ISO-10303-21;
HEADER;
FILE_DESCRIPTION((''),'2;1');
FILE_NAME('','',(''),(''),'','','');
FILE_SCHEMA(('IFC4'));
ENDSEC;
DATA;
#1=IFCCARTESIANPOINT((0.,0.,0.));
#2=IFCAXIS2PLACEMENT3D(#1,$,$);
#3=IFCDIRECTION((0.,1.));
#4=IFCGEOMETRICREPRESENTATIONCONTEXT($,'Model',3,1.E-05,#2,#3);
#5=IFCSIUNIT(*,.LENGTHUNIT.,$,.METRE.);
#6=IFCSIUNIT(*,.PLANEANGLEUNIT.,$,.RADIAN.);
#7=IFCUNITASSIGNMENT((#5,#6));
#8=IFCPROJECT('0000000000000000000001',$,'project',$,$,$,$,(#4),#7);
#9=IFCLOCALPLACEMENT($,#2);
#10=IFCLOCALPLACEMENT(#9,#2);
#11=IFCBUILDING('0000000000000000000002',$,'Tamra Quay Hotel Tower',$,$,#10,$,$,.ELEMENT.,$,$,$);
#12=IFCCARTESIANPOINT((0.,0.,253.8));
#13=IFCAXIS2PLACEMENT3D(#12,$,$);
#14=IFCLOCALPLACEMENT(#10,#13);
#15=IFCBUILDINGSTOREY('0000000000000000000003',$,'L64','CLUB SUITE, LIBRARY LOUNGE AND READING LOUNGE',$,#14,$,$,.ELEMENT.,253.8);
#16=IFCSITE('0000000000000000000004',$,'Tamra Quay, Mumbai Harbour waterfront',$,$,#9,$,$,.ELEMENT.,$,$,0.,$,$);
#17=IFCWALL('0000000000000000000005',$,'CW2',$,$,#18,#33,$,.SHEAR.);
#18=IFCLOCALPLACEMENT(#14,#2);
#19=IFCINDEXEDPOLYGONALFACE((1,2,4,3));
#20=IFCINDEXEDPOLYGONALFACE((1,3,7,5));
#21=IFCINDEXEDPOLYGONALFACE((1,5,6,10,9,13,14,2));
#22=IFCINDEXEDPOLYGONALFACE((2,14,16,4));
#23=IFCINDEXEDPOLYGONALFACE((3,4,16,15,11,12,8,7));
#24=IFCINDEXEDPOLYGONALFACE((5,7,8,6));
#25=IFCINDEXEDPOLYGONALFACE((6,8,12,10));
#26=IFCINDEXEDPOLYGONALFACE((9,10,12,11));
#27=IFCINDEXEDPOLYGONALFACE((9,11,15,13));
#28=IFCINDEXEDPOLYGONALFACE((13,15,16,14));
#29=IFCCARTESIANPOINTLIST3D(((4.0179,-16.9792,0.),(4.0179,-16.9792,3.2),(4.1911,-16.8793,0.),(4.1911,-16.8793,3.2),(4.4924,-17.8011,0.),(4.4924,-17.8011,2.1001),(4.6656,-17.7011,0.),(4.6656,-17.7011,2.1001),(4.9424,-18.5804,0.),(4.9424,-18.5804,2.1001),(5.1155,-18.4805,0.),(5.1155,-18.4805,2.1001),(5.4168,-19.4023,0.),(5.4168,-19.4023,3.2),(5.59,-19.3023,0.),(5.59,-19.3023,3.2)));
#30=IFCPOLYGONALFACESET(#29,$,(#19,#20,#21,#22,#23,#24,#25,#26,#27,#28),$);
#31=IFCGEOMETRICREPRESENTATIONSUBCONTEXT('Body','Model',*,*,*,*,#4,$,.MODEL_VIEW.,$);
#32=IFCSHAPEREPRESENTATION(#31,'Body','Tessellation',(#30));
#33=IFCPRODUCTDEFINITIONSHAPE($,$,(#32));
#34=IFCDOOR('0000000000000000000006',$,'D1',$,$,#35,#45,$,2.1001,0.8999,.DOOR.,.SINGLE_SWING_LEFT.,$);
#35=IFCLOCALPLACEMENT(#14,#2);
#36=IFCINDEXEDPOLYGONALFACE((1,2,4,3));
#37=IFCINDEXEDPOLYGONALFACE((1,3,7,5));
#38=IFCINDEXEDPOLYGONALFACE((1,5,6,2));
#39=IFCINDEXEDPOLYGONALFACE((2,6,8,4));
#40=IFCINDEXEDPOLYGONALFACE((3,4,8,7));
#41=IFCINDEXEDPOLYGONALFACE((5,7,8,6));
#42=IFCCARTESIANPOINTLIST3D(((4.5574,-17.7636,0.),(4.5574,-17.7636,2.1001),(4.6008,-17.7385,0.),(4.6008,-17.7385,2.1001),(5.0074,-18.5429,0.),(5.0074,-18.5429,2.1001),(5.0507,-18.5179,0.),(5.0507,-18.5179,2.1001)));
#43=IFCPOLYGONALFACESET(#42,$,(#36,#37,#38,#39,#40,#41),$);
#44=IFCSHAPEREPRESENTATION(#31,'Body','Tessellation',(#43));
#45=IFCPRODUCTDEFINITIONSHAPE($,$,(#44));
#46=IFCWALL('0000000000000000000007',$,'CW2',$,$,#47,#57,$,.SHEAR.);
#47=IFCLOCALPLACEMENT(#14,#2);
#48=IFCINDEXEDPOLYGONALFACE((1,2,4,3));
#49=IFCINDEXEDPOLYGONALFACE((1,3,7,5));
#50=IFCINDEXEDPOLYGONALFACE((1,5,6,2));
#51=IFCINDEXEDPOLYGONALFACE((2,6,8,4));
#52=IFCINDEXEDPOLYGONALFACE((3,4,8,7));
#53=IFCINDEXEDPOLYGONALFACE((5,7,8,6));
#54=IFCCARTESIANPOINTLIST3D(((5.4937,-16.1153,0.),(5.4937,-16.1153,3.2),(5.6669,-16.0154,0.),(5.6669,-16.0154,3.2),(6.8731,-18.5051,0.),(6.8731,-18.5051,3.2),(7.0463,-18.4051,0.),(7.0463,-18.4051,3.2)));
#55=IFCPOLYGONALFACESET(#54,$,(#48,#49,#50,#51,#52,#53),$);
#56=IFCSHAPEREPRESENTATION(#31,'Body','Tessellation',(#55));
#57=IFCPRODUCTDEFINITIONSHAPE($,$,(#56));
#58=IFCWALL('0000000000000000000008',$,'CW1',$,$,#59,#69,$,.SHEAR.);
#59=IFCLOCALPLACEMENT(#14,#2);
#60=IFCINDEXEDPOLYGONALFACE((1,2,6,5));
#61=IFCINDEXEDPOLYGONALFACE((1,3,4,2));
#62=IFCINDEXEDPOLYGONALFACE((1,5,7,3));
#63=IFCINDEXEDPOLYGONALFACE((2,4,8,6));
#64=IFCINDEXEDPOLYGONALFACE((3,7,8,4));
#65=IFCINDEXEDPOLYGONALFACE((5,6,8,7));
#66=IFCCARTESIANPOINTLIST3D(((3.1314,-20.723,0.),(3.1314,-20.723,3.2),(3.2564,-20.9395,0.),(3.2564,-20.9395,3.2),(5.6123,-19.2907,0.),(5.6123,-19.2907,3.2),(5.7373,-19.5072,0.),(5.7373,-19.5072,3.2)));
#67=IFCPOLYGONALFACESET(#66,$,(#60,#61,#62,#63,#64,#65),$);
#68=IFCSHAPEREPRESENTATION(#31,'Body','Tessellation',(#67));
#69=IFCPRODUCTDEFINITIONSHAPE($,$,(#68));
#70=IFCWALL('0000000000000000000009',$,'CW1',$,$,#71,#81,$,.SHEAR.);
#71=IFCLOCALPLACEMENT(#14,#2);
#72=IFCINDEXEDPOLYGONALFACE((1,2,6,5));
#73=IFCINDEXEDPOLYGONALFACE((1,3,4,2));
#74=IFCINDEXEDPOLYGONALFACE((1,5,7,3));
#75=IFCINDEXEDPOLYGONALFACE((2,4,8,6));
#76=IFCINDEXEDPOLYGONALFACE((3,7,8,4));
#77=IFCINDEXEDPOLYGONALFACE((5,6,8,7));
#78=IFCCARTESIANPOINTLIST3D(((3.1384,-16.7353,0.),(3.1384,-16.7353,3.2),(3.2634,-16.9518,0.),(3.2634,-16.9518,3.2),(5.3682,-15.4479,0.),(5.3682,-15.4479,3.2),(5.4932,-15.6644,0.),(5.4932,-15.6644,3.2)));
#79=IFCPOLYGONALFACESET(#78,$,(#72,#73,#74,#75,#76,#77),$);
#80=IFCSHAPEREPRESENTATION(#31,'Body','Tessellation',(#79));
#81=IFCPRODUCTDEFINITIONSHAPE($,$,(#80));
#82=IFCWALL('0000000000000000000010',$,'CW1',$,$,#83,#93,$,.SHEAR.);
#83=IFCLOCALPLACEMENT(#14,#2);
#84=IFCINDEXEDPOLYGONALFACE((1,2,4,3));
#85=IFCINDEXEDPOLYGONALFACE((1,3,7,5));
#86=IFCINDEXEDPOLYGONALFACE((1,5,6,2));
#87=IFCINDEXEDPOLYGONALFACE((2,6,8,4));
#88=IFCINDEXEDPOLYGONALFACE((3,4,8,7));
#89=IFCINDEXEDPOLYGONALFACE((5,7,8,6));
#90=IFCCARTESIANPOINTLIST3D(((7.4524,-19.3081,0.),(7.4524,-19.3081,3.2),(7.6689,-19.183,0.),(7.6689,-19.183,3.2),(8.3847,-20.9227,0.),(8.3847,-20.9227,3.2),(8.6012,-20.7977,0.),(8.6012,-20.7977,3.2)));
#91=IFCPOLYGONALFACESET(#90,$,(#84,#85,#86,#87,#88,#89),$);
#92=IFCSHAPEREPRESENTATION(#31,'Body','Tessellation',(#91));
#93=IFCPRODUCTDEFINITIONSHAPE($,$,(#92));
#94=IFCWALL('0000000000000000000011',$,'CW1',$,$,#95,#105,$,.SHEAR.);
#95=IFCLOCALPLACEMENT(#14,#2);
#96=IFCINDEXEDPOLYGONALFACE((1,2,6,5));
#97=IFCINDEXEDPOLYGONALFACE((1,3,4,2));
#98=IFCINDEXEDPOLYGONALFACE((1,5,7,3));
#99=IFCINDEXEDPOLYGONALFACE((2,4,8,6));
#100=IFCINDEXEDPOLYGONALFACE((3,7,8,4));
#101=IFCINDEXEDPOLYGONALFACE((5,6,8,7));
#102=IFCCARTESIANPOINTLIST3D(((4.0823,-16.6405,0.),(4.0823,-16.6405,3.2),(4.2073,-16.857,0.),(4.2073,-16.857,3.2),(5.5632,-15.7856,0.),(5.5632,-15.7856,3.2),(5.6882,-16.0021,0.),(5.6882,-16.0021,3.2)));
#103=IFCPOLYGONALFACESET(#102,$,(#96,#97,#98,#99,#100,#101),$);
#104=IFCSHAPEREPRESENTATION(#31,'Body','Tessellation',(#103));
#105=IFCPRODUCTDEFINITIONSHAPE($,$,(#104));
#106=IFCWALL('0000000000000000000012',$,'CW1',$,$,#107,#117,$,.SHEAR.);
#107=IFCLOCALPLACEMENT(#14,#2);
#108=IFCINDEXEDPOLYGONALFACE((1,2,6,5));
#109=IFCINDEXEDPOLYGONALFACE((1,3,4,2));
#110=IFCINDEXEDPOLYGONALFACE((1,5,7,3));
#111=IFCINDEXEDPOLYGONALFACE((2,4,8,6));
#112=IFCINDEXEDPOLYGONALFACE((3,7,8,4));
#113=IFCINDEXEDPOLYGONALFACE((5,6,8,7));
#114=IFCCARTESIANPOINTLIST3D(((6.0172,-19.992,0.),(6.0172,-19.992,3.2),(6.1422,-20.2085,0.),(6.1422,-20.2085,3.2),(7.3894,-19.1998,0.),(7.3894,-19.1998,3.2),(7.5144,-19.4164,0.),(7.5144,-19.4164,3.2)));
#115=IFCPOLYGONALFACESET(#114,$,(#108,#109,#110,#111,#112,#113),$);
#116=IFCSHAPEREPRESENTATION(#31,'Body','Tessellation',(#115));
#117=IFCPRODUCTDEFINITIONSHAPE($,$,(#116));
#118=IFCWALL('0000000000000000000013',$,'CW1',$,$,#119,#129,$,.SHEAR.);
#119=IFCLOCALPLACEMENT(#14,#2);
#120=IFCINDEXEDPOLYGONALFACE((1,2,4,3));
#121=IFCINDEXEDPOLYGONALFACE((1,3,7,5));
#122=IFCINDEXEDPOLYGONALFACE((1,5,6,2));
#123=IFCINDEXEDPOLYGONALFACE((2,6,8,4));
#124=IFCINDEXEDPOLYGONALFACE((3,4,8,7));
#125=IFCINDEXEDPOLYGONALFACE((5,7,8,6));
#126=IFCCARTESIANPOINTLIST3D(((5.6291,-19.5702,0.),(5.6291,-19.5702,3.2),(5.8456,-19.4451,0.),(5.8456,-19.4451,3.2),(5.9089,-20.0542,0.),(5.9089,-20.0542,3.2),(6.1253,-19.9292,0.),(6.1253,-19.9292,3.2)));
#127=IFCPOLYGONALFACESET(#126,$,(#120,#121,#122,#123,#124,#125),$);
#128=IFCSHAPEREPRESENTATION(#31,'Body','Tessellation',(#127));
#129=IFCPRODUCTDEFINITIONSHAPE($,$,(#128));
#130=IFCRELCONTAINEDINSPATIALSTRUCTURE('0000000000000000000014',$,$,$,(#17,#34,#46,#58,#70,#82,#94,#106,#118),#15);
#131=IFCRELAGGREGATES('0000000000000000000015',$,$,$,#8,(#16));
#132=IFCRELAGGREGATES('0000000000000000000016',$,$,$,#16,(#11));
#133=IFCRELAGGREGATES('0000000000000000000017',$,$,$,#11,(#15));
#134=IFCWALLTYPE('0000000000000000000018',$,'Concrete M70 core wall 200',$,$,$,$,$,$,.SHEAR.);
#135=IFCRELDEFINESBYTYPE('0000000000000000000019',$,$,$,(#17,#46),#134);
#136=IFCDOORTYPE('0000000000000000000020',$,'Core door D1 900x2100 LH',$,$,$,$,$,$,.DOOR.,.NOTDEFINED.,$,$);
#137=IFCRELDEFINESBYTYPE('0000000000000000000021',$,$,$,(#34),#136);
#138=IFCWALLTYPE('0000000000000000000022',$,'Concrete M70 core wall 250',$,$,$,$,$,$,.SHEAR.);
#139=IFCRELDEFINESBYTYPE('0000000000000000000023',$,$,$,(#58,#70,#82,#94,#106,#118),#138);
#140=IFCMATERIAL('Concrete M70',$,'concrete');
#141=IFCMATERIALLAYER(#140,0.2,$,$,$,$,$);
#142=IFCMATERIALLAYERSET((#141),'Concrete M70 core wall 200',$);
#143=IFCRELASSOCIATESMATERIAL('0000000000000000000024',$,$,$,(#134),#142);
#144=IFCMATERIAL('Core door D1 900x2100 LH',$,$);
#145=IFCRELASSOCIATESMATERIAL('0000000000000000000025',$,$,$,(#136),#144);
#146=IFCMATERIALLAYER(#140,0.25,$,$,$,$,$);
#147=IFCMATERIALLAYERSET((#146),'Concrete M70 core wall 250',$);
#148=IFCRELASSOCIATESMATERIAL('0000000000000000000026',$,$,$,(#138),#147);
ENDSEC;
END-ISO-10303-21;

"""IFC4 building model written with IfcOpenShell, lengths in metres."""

from ifc_helpers import new_model, si_unit, direction, frame, frame_2d, origin, place, context, subcontext, project, spatial, rectangle, extrude, material, layer, layer_set, type_object, element, fill, save


model = new_model("IFC4")

# Units and contexts
model_context = context("Model", 3, precision=1e-05, world=origin(), true_north=direction((0.0, 1.0)))
body_context = subcontext(model_context, "Body", "Model", "MODEL_VIEW")
ifc_project = project(units=[si_unit("LENGTHUNIT", "METRE"), si_unit("PLANEANGLEUNIT", "RADIAN")], contexts=[model_context])

# Site, building, storey
site_placement = place(None, origin())
site = spatial("IfcSite", under=ifc_project, at=site_placement, Name="Tamra Quay, Mumbai Harbour waterfront", CompositionType="ELEMENT", RefElevation=0.0)
building_placement = place(site_placement, origin())
building = spatial("IfcBuilding", under=site, at=building_placement, Name="Tamra Quay Hotel Tower", CompositionType="ELEMENT")
storey_placement = place(building_placement, frame((0.0, 0.0, 253.8)))
storey = spatial("IfcBuildingStorey", under=building, at=storey_placement, Name="L64", Description="CLUB SUITE, LIBRARY LOUNGE AND READING LOUNGE", CompositionType="ELEMENT", Elevation=253.8)

# Shared definitions
ifc_material_1 = material(Name="Concrete M70", Category="concrete")

# Shared definitions
ifc_layer_1 = layer(ifc_material_1, 0.2)
ifc_layer_set_1 = layer_set([ifc_layer_1], Name="Concrete M70 core wall 200")
wall_type_1 = type_object("IfcWallType", Name="Concrete M70 core wall 200", PredefinedType="SHEAR", material=ifc_layer_set_1)

# Wall, opening, door
wall_1_placement = place(storey_placement, frame((5.5034, -19.3523, 0.0), z_axis=(0.0, 0.0, 1.0), x_axis=(-0.499987, 0.866033, 0.0)))
wall_1 = element("IfcWall", 1, at=wall_1_placement, inside=storey, type_object=wall_type_1, Name="CW2", PredefinedType="SHEAR", context=body_context, shape_type="SweptSolid", body=[
    extrude(rectangle(XDim=2.7979, YDim=0.2, at=frame_2d((1.3989, 0.0))), origin(), (0.0, 0.0, 1.0), 3.2),
])
opening_1_placement = place(wall_1_placement, frame((0.949, 0.0, 0.0)))
opening_1 = element("IfcOpeningElement", 2, at=opening_1_placement, cuts=wall_1, PredefinedType="OPENING", context=body_context, shape_type="SweptSolid", body=[
    extrude(rectangle(XDim=0.8999, YDim=2.1001, at=frame_2d((0.45, 1.05))), frame((0.0, 0.1099, 0.0), z_axis=(0.0, -1.0, 0.0), x_axis=(1.0, 0.0, 0.0)), (0.0, 0.0, 1.0), 0.22),
])
ifc_material_2 = material(Name="Core door D1 900x2100 LH")
door_type_1 = type_object("IfcDoorType", Name="Core door D1 900x2100 LH", OperationType="NOTDEFINED", PredefinedType="DOOR", material=ifc_material_2)
door_1_placement = place(opening_1_placement, origin())
door_1 = element("IfcDoor", 3, at=door_1_placement, inside=storey, type_object=door_type_1, Name="D1", OperationType="SINGLE_SWING_LEFT", OverallHeight=2.1001, OverallWidth=0.8999, PredefinedType="DOOR", context=body_context, shape_type="SweptSolid", body=[
    extrude(rectangle(XDim=0.8999, YDim=2.1001, at=frame_2d((0.45, 1.05))), frame((0.0, 0.0249, 0.0), z_axis=(0.0, -1.0, 0.0), x_axis=(1.0, 0.0, 0.0)), (0.0, 0.0, 1.0), 0.05),
])
fill(opening_1, door_1)

# Walls
wall_2_placement = place(storey_placement, frame((6.9597, -18.4551, 0.0), z_axis=(0.0, 0.0, 1.0), x_axis=(-0.499927, 0.866068, 0.0)))
element("IfcWall", 4, at=wall_2_placement, inside=storey, type_object=wall_type_1, Name="CW2", PredefinedType="SHEAR", context=body_context, shape_type="SweptSolid", body=[
    extrude(rectangle(XDim=2.7593, YDim=0.2, at=frame_2d((1.3796, 0.0))), origin(), (0.0, 0.0, 1.0), 3.2),
])
ifc_layer_2 = layer(ifc_material_1, 0.25)
ifc_layer_set_2 = layer_set([ifc_layer_2], Name="Concrete M70 core wall 250")
wall_type_2 = type_object("IfcWallType", Name="Concrete M70 core wall 250", PredefinedType="SHEAR", material=ifc_layer_set_2)
wall_3_placement = place(storey_placement, frame((5.6748, -19.3989, 0.0), z_axis=(0.0, 0.0, 1.0), x_axis=(-0.866027, -0.499998, 0.0)))
element("IfcWall", 5, at=wall_3_placement, inside=storey, type_object=wall_type_2, Name="CW1", PredefinedType="SHEAR", context=body_context, shape_type="SweptSolid", body=[
    extrude(rectangle(XDim=2.8647, YDim=0.25, at=frame_2d((1.4324, 0.0))), origin(), (0.0, 0.0, 1.0), 3.2),
])
wall_4_placement = place(storey_placement, frame((5.4307, -15.5562, 0.0), z_axis=(0.0, 0.0, 1.0), x_axis=(-0.866023, -0.500004, 0.0)))
element("IfcWall", 6, at=wall_4_placement, inside=storey, type_object=wall_type_2, Name="CW1", PredefinedType="SHEAR", context=body_context, shape_type="SweptSolid", body=[
    extrude(rectangle(XDim=2.5747, YDim=0.25, at=frame_2d((1.2874, 0.0))), origin(), (0.0, 0.0, 1.0), 3.2),
])
wall_5_placement = place(storey_placement, frame((8.4929, -20.8601, 0.0), z_axis=(0.0, 0.0, 1.0), x_axis=(-0.50004, 0.866002, 0.0)))
element("IfcWall", 7, at=wall_5_placement, inside=storey, type_object=wall_type_2, Name="CW1", PredefinedType="SHEAR", context=body_context, shape_type="SweptSolid", body=[
    extrude(rectangle(XDim=1.8645, YDim=0.25, at=frame_2d((0.9321, 0.0))), origin(), (0.0, 0.0, 1.0), 3.2),
])
wall_6_placement = place(storey_placement, frame((4.1448, -16.7488, 0.0), z_axis=(0.0, 0.0, 1.0), x_axis=(0.866038, 0.499978, 0.0)))
element("IfcWall", 8, at=wall_6_placement, inside=storey, type_object=wall_type_2, Name="CW1", PredefinedType="SHEAR", context=body_context, shape_type="SweptSolid", body=[
    extrude(rectangle(XDim=1.71, YDim=0.25, at=frame_2d((0.855, 0.0))), origin(), (0.0, 0.0, 1.0), 3.2),
])
wall_7_placement = place(storey_placement, frame((7.4519, -19.3081, 0.0), z_axis=(0.0, 0.0, 1.0), x_axis=(-0.866044, -0.499967, 0.0)))
element("IfcWall", 9, at=wall_7_placement, inside=storey, type_object=wall_type_2, Name="CW1", PredefinedType="SHEAR", context=body_context, shape_type="SweptSolid", body=[
    extrude(rectangle(XDim=1.5845, YDim=0.25, at=frame_2d((0.7922, 0.0))), origin(), (0.0, 0.0, 1.0), 3.2),
])
wall_8_placement = place(storey_placement, frame((6.0171, -19.9917, 0.0), z_axis=(0.0, 0.0, 1.0), x_axis=(-0.500365, 0.865815, 0.0)))
element("IfcWall", 10, at=wall_8_placement, inside=storey, type_object=wall_type_2, Name="CW1", PredefinedType="SHEAR", context=body_context, shape_type="SweptSolid", body=[
    extrude(rectangle(XDim=0.5591, YDim=0.25, at=frame_2d((0.2795, 0.0))), origin(), (0.0, 0.0, 1.0), 3.2),
])

save(model, "model.ifc")
